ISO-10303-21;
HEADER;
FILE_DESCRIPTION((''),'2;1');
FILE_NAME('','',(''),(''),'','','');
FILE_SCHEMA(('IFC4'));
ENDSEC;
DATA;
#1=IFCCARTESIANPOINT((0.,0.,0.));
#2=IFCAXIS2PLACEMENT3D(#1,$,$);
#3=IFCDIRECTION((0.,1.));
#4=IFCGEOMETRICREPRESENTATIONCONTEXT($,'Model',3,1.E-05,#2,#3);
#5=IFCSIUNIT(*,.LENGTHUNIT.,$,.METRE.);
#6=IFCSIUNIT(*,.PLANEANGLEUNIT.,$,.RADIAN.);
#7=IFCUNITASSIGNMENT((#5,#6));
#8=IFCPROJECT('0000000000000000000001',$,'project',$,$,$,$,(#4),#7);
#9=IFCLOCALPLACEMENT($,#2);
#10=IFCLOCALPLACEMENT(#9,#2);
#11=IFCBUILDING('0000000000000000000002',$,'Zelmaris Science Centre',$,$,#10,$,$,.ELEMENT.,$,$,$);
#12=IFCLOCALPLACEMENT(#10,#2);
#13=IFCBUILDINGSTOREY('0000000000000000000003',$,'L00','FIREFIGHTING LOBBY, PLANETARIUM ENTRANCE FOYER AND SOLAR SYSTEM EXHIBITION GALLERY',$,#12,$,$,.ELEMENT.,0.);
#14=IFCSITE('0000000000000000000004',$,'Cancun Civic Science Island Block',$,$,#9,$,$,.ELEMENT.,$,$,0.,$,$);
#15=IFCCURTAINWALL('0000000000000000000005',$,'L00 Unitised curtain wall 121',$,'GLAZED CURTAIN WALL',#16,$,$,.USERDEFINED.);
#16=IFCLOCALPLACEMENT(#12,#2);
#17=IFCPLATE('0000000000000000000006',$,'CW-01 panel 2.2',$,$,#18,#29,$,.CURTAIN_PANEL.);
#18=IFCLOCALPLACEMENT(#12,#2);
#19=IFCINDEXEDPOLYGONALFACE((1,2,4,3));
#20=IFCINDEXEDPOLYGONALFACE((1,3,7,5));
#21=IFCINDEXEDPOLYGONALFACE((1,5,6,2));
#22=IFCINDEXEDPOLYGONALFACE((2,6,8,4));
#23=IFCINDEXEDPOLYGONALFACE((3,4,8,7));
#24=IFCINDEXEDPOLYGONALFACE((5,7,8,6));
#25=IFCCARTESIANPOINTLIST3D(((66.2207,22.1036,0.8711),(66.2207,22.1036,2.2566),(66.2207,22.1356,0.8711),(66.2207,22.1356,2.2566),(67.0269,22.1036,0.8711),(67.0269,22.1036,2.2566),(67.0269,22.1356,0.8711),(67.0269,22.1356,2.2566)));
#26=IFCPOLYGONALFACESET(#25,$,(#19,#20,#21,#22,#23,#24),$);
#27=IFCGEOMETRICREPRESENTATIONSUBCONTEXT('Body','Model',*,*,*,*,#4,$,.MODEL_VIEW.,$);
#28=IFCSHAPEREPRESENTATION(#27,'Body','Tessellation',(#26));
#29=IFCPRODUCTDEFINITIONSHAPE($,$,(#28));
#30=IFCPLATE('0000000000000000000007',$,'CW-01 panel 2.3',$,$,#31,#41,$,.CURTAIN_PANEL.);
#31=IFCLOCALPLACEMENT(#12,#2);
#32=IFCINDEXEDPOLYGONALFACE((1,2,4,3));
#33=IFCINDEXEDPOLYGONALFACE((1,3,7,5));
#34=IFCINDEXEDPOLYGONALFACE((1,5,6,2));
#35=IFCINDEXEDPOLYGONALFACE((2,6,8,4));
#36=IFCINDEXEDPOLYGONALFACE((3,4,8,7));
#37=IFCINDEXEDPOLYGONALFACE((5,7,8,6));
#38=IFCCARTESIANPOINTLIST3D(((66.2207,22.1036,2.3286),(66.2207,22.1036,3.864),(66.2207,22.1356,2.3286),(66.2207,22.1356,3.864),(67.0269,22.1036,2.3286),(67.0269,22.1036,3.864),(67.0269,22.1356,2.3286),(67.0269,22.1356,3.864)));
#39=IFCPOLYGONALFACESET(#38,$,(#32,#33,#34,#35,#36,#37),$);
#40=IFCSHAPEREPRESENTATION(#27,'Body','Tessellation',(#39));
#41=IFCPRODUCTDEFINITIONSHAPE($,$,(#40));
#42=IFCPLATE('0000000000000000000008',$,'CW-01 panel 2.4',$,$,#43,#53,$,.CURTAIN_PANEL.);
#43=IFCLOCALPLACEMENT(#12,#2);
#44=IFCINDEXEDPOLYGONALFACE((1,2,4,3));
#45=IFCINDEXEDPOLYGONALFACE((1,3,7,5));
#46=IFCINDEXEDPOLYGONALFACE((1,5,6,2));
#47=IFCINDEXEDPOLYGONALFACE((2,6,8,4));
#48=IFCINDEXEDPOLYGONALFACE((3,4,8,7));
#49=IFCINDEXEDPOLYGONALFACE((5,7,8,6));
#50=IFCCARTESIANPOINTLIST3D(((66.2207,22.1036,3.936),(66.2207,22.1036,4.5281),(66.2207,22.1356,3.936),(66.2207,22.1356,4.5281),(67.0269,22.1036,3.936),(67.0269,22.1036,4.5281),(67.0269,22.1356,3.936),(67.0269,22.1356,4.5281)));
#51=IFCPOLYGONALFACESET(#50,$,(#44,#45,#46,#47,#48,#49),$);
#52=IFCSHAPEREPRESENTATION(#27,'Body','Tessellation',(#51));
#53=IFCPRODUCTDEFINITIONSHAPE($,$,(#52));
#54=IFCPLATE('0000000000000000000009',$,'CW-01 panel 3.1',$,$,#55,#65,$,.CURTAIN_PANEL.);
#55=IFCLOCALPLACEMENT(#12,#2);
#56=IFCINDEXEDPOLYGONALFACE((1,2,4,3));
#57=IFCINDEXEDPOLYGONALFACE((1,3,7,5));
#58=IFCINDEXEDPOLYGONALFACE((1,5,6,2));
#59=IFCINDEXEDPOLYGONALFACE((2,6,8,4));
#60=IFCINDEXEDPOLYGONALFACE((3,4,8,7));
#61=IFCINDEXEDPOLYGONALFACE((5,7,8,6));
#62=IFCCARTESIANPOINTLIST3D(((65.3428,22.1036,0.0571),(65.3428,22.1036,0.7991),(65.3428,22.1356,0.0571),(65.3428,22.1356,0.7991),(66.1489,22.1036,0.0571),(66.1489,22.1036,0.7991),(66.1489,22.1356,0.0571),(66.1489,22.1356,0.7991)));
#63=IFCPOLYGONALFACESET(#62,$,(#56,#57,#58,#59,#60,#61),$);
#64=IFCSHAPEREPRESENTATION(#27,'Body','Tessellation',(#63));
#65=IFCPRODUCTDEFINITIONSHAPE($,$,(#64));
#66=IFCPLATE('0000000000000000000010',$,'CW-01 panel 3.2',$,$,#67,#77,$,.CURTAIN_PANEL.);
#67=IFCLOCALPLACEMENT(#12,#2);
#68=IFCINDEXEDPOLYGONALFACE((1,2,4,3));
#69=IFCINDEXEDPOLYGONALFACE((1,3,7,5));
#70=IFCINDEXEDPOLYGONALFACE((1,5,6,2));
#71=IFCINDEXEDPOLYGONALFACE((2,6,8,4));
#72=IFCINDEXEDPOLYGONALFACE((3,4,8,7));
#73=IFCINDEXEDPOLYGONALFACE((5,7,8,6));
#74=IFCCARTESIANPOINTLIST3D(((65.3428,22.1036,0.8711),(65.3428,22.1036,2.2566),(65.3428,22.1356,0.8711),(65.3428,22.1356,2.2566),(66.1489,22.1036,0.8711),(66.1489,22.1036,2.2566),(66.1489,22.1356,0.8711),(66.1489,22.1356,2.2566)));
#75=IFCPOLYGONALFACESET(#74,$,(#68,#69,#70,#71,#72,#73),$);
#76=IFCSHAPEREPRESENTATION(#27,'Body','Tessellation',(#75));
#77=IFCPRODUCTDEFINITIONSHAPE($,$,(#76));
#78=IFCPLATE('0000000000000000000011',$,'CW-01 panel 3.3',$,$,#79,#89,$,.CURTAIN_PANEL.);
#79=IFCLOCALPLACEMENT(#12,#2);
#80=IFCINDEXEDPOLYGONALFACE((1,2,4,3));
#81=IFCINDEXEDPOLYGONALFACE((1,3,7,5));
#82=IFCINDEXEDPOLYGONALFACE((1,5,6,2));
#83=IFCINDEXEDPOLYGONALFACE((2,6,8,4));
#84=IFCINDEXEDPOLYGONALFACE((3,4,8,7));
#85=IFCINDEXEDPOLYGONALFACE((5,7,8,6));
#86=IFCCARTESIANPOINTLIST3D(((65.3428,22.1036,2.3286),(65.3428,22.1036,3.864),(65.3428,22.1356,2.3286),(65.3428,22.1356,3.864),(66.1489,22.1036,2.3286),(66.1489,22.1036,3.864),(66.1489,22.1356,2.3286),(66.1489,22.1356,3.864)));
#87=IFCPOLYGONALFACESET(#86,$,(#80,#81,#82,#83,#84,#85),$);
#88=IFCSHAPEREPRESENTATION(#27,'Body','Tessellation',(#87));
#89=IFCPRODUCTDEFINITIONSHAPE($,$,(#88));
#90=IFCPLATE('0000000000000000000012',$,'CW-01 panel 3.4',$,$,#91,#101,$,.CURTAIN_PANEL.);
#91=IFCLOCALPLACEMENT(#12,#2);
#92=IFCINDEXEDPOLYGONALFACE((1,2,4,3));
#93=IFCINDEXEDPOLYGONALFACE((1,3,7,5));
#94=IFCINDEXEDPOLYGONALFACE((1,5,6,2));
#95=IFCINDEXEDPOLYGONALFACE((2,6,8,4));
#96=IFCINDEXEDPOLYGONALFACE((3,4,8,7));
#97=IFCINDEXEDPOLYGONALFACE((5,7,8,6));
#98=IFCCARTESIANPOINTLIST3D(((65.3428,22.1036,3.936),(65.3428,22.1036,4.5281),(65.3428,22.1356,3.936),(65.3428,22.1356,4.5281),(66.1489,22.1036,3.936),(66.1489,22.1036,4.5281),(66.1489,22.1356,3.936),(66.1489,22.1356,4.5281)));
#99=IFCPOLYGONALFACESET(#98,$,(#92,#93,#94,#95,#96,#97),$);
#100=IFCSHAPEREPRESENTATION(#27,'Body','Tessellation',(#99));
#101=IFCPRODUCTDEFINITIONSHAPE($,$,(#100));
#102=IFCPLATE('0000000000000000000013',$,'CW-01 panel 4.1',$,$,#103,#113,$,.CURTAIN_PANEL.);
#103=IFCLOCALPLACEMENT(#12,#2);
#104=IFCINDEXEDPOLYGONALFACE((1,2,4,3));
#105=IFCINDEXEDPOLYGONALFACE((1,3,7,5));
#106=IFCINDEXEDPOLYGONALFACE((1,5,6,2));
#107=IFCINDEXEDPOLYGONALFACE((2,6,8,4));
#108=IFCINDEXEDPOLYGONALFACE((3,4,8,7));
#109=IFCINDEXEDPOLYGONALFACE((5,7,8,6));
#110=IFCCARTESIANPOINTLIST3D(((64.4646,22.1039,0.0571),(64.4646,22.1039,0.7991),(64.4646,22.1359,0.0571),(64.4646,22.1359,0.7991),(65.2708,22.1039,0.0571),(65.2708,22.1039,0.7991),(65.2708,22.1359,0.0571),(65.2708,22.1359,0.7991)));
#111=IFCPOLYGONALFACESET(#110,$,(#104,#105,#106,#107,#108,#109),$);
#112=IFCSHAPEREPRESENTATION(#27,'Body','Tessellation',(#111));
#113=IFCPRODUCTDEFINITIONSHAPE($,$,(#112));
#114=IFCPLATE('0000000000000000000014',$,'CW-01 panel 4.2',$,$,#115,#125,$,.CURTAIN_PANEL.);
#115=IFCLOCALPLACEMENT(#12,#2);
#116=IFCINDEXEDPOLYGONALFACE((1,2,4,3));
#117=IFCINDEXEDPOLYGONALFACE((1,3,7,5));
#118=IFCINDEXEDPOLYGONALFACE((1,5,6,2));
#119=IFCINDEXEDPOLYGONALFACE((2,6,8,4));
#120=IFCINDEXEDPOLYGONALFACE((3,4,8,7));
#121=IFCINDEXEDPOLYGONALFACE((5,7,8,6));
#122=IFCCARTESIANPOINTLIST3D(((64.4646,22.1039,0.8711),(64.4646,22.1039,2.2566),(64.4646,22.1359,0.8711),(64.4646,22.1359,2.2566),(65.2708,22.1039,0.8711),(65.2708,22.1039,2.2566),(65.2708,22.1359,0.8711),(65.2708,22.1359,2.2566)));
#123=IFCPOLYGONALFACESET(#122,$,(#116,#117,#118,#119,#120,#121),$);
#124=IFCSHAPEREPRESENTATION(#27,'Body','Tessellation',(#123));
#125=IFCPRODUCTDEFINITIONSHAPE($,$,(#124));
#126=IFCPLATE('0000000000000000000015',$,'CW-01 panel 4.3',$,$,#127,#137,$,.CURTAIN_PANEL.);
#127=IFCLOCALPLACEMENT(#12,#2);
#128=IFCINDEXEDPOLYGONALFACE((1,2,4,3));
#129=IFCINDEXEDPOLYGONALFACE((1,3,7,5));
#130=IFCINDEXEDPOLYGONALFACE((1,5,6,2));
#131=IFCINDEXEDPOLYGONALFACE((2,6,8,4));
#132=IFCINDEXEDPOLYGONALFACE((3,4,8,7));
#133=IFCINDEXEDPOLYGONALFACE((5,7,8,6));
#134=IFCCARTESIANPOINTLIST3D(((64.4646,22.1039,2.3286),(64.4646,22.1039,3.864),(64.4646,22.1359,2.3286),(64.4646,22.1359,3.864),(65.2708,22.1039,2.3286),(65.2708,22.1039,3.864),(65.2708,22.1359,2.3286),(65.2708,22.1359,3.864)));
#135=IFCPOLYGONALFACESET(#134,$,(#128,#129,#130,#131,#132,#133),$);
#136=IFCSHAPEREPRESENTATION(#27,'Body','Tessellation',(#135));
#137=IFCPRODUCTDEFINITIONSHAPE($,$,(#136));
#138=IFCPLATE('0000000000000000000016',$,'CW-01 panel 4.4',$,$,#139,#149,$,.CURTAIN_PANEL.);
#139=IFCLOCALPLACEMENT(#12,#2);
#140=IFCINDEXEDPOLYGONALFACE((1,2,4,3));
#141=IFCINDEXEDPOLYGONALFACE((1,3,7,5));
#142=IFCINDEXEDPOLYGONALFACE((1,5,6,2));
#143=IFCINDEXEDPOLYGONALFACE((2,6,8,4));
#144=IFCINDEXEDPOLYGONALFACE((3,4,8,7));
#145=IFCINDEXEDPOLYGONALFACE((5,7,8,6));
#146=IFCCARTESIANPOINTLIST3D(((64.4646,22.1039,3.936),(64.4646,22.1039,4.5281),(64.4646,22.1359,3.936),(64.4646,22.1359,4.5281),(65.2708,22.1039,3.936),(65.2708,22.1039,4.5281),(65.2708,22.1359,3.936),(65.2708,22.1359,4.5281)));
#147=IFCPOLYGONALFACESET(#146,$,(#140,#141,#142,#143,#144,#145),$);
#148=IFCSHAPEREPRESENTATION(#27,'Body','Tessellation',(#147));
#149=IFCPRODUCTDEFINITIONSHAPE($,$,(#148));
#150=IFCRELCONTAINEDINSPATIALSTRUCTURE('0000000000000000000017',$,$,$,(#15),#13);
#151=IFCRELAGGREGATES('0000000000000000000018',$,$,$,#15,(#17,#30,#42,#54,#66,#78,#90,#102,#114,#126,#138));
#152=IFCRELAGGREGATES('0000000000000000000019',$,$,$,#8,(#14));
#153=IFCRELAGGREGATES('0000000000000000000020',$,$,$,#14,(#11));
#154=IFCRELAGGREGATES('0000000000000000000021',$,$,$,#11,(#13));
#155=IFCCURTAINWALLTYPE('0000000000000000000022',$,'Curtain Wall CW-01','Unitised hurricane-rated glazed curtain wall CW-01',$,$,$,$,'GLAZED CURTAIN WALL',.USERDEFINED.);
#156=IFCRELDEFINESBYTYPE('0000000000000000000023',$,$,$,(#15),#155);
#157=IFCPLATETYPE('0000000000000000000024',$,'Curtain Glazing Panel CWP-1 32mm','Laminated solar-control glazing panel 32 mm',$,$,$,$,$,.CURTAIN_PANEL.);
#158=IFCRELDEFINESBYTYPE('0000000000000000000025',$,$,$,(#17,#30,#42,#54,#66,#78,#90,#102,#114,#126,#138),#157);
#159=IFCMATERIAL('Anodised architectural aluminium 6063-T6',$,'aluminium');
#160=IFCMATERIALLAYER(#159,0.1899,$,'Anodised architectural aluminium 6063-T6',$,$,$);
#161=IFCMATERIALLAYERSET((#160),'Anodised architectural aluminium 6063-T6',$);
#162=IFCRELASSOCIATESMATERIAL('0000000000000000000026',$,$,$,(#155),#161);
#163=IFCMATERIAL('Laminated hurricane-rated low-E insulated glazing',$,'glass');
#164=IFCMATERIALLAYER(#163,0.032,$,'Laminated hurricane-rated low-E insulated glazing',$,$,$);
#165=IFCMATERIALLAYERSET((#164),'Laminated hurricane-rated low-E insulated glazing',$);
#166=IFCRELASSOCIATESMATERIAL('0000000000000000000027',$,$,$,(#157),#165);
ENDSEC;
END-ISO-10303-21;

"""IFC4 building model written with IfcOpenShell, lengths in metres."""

from ifc_helpers import new_model, si_unit, direction, frame, origin, origin_2d, place, context, subcontext, project, spatial, rectangle, extrude, material, layer, layer_set, type_object, element, aggregate, save


model = new_model("IFC4")

# Units and contexts
model_context = context("Model", 3, precision=1e-05, world=origin(), true_north=direction((0.0, 1.0)))
body_context = subcontext(model_context, "Body", "Model", "MODEL_VIEW")
ifc_project = project(units=[si_unit("LENGTHUNIT", "METRE"), si_unit("PLANEANGLEUNIT", "RADIAN")], contexts=[model_context])

# Site, building, storey
site_placement = place(None, origin())
site = spatial("IfcSite", under=ifc_project, at=site_placement, Name="Cancun Civic Science Island Block", CompositionType="ELEMENT", RefElevation=0.0)
building_placement = place(site_placement, origin())
building = spatial("IfcBuilding", under=site, at=building_placement, Name="Zelmaris Science Centre", CompositionType="ELEMENT")
storey_placement = place(building_placement, origin())
storey = spatial("IfcBuildingStorey", under=building, at=storey_placement, Name="L00", Description="FIREFIGHTING LOBBY, PLANETARIUM ENTRANCE FOYER AND SOLAR SYSTEM EXHIBITION GALLERY", CompositionType="ELEMENT", Elevation=0.0)

# Curtain wall, plates
ifc_material_1 = material(Name="Anodised architectural aluminium 6063-T6", Category="aluminium")
ifc_layer_1 = layer(ifc_material_1, 0.1899, Name="Anodised architectural aluminium 6063-T6")
ifc_layer_set_1 = layer_set([ifc_layer_1], Name="Anodised architectural aluminium 6063-T6")
curtain_wall_type = type_object("IfcCurtainWallType", Name="Curtain Wall CW-01", Description="Unitised hurricane-rated glazed curtain wall CW-01", ElementType="GLAZED CURTAIN WALL", PredefinedType="USERDEFINED", material=ifc_layer_set_1)
curtain_wall_placement = place(storey_placement, origin())
curtain_wall = element("IfcCurtainWall", 1, at=curtain_wall_placement, inside=storey, type_object=curtain_wall_type, Name="L00 Unitised curtain wall 121", ObjectType="GLAZED CURTAIN WALL", PredefinedType="USERDEFINED")
ifc_material_2 = material(Name="Laminated hurricane-rated low-E insulated glazing", Category="glass")
ifc_layer_2 = layer(ifc_material_2, 0.032, Name="Laminated hurricane-rated low-E insulated glazing")
ifc_layer_set_2 = layer_set([ifc_layer_2], Name="Laminated hurricane-rated low-E insulated glazing")
plate_type = type_object("IfcPlateType", Name="Curtain Glazing Panel CWP-1 32mm", Description="Laminated solar-control glazing panel 32 mm", PredefinedType="CURTAIN_PANEL", material=ifc_layer_set_2)
plate_1_placement = place(storey_placement, frame((66.6238, 22.1196, 0.8711), z_axis=(0.0, 0.0, 1.0), x_axis=(-1.0, 0.000023, 0.0)))
plate_1 = element("IfcPlate", 2, at=plate_1_placement, type_object=plate_type, Name="CW-01 panel 2.2", PredefinedType="CURTAIN_PANEL", context=body_context, shape_type="SweptSolid", body=[
    extrude(rectangle(XDim=0.8062, YDim=0.032, at=origin_2d()), origin(), (0.0, 0.0, 1.0), 1.3855),
])
plate_2_placement = place(storey_placement, frame((66.6238, 22.1196, 2.3286), z_axis=(0.0, 0.0, 1.0), x_axis=(-1.0, 0.000023, 0.0)))
plate_2 = element("IfcPlate", 3, at=plate_2_placement, type_object=plate_type, Name="CW-01 panel 2.3", PredefinedType="CURTAIN_PANEL", context=body_context, shape_type="SweptSolid", body=[
    extrude(rectangle(XDim=0.8062, YDim=0.032, at=origin_2d()), origin(), (0.0, 0.0, 1.0), 1.5354),
])
plate_3_placement = place(storey_placement, frame((66.6238, 22.1196, 3.936), z_axis=(0.0, 0.0, 1.0), x_axis=(-1.0, 0.000023, 0.0)))
plate_3 = element("IfcPlate", 4, at=plate_3_placement, type_object=plate_type, Name="CW-01 panel 2.4", PredefinedType="CURTAIN_PANEL", context=body_context, shape_type="SweptSolid", body=[
    extrude(rectangle(XDim=0.8062, YDim=0.032, at=origin_2d()), origin(), (0.0, 0.0, 1.0), 0.592),
])
plate_4_placement = place(storey_placement, frame((65.7458, 22.1196, 0.0571), z_axis=(0.0, 0.0, 1.0), x_axis=(-1.0, 0.000023, 0.0)))
plate_4 = element("IfcPlate", 5, at=plate_4_placement, type_object=plate_type, Name="CW-01 panel 3.1", PredefinedType="CURTAIN_PANEL", context=body_context, shape_type="SweptSolid", body=[
    extrude(rectangle(XDim=0.8062, YDim=0.032, at=origin_2d()), origin(), (0.0, 0.0, 1.0), 0.7419),
])
plate_5_placement = place(storey_placement, frame((65.7458, 22.1196, 0.8711), z_axis=(0.0, 0.0, 1.0), x_axis=(-1.0, 0.000023, 0.0)))
plate_5 = element("IfcPlate", 6, at=plate_5_placement, type_object=plate_type, Name="CW-01 panel 3.2", PredefinedType="CURTAIN_PANEL", context=body_context, shape_type="SweptSolid", body=[
    extrude(rectangle(XDim=0.8062, YDim=0.032, at=origin_2d()), origin(), (0.0, 0.0, 1.0), 1.3855),
])
plate_6_placement = place(storey_placement, frame((65.7458, 22.1196, 2.3286), z_axis=(0.0, 0.0, 1.0), x_axis=(-1.0, 0.000023, 0.0)))
plate_6 = element("IfcPlate", 7, at=plate_6_placement, type_object=plate_type, Name="CW-01 panel 3.3", PredefinedType="CURTAIN_PANEL", context=body_context, shape_type="SweptSolid", body=[
    extrude(rectangle(XDim=0.8062, YDim=0.032, at=origin_2d()), origin(), (0.0, 0.0, 1.0), 1.5354),
])
plate_7_placement = place(storey_placement, frame((65.7458, 22.1196, 3.936), z_axis=(0.0, 0.0, 1.0), x_axis=(-1.0, 0.000023, 0.0)))
plate_7 = element("IfcPlate", 8, at=plate_7_placement, type_object=plate_type, Name="CW-01 panel 3.4", PredefinedType="CURTAIN_PANEL", context=body_context, shape_type="SweptSolid", body=[
    extrude(rectangle(XDim=0.8062, YDim=0.032, at=origin_2d()), origin(), (0.0, 0.0, 1.0), 0.592),
])
plate_8_placement = place(storey_placement, frame((64.8677, 22.1199, 0.0571), z_axis=(0.0, 0.0, 1.0), x_axis=(-1.0, 0.000023, 0.0)))
plate_8 = element("IfcPlate", 9, at=plate_8_placement, type_object=plate_type, Name="CW-01 panel 4.1", PredefinedType="CURTAIN_PANEL", context=body_context, shape_type="SweptSolid", body=[
    extrude(rectangle(XDim=0.8062, YDim=0.032, at=origin_2d()), origin(), (0.0, 0.0, 1.0), 0.7419),
])
plate_9_placement = place(storey_placement, frame((64.8677, 22.1199, 0.8711), z_axis=(0.0, 0.0, 1.0), x_axis=(-1.0, 0.000023, 0.0)))
plate_9 = element("IfcPlate", 10, at=plate_9_placement, type_object=plate_type, Name="CW-01 panel 4.2", PredefinedType="CURTAIN_PANEL", context=body_context, shape_type="SweptSolid", body=[
    extrude(rectangle(XDim=0.8062, YDim=0.032, at=origin_2d()), origin(), (0.0, 0.0, 1.0), 1.3855),
])
plate_10_placement = place(storey_placement, frame((64.8677, 22.1199, 2.3286), z_axis=(0.0, 0.0, 1.0), x_axis=(-1.0, 0.000023, 0.0)))
plate_10 = element("IfcPlate", 11, at=plate_10_placement, type_object=plate_type, Name="CW-01 panel 4.3", PredefinedType="CURTAIN_PANEL", context=body_context, shape_type="SweptSolid", body=[
    extrude(rectangle(XDim=0.8062, YDim=0.032, at=origin_2d()), origin(), (0.0, 0.0, 1.0), 1.5354),
])
plate_11_placement = place(storey_placement, frame((64.8677, 22.1199, 3.936), z_axis=(0.0, 0.0, 1.0), x_axis=(-1.0, 0.000023, 0.0)))
plate_11 = element("IfcPlate", 12, at=plate_11_placement, type_object=plate_type, Name="CW-01 panel 4.4", PredefinedType="CURTAIN_PANEL", context=body_context, shape_type="SweptSolid", body=[
    extrude(rectangle(XDim=0.8062, YDim=0.032, at=origin_2d()), origin(), (0.0, 0.0, 1.0), 0.592),
])
aggregate(curtain_wall, [plate_1, plate_2, plate_3, plate_4, plate_5, plate_6, plate_7, plate_8, plate_9, plate_10, plate_11])

save(model, "model.ifc")
